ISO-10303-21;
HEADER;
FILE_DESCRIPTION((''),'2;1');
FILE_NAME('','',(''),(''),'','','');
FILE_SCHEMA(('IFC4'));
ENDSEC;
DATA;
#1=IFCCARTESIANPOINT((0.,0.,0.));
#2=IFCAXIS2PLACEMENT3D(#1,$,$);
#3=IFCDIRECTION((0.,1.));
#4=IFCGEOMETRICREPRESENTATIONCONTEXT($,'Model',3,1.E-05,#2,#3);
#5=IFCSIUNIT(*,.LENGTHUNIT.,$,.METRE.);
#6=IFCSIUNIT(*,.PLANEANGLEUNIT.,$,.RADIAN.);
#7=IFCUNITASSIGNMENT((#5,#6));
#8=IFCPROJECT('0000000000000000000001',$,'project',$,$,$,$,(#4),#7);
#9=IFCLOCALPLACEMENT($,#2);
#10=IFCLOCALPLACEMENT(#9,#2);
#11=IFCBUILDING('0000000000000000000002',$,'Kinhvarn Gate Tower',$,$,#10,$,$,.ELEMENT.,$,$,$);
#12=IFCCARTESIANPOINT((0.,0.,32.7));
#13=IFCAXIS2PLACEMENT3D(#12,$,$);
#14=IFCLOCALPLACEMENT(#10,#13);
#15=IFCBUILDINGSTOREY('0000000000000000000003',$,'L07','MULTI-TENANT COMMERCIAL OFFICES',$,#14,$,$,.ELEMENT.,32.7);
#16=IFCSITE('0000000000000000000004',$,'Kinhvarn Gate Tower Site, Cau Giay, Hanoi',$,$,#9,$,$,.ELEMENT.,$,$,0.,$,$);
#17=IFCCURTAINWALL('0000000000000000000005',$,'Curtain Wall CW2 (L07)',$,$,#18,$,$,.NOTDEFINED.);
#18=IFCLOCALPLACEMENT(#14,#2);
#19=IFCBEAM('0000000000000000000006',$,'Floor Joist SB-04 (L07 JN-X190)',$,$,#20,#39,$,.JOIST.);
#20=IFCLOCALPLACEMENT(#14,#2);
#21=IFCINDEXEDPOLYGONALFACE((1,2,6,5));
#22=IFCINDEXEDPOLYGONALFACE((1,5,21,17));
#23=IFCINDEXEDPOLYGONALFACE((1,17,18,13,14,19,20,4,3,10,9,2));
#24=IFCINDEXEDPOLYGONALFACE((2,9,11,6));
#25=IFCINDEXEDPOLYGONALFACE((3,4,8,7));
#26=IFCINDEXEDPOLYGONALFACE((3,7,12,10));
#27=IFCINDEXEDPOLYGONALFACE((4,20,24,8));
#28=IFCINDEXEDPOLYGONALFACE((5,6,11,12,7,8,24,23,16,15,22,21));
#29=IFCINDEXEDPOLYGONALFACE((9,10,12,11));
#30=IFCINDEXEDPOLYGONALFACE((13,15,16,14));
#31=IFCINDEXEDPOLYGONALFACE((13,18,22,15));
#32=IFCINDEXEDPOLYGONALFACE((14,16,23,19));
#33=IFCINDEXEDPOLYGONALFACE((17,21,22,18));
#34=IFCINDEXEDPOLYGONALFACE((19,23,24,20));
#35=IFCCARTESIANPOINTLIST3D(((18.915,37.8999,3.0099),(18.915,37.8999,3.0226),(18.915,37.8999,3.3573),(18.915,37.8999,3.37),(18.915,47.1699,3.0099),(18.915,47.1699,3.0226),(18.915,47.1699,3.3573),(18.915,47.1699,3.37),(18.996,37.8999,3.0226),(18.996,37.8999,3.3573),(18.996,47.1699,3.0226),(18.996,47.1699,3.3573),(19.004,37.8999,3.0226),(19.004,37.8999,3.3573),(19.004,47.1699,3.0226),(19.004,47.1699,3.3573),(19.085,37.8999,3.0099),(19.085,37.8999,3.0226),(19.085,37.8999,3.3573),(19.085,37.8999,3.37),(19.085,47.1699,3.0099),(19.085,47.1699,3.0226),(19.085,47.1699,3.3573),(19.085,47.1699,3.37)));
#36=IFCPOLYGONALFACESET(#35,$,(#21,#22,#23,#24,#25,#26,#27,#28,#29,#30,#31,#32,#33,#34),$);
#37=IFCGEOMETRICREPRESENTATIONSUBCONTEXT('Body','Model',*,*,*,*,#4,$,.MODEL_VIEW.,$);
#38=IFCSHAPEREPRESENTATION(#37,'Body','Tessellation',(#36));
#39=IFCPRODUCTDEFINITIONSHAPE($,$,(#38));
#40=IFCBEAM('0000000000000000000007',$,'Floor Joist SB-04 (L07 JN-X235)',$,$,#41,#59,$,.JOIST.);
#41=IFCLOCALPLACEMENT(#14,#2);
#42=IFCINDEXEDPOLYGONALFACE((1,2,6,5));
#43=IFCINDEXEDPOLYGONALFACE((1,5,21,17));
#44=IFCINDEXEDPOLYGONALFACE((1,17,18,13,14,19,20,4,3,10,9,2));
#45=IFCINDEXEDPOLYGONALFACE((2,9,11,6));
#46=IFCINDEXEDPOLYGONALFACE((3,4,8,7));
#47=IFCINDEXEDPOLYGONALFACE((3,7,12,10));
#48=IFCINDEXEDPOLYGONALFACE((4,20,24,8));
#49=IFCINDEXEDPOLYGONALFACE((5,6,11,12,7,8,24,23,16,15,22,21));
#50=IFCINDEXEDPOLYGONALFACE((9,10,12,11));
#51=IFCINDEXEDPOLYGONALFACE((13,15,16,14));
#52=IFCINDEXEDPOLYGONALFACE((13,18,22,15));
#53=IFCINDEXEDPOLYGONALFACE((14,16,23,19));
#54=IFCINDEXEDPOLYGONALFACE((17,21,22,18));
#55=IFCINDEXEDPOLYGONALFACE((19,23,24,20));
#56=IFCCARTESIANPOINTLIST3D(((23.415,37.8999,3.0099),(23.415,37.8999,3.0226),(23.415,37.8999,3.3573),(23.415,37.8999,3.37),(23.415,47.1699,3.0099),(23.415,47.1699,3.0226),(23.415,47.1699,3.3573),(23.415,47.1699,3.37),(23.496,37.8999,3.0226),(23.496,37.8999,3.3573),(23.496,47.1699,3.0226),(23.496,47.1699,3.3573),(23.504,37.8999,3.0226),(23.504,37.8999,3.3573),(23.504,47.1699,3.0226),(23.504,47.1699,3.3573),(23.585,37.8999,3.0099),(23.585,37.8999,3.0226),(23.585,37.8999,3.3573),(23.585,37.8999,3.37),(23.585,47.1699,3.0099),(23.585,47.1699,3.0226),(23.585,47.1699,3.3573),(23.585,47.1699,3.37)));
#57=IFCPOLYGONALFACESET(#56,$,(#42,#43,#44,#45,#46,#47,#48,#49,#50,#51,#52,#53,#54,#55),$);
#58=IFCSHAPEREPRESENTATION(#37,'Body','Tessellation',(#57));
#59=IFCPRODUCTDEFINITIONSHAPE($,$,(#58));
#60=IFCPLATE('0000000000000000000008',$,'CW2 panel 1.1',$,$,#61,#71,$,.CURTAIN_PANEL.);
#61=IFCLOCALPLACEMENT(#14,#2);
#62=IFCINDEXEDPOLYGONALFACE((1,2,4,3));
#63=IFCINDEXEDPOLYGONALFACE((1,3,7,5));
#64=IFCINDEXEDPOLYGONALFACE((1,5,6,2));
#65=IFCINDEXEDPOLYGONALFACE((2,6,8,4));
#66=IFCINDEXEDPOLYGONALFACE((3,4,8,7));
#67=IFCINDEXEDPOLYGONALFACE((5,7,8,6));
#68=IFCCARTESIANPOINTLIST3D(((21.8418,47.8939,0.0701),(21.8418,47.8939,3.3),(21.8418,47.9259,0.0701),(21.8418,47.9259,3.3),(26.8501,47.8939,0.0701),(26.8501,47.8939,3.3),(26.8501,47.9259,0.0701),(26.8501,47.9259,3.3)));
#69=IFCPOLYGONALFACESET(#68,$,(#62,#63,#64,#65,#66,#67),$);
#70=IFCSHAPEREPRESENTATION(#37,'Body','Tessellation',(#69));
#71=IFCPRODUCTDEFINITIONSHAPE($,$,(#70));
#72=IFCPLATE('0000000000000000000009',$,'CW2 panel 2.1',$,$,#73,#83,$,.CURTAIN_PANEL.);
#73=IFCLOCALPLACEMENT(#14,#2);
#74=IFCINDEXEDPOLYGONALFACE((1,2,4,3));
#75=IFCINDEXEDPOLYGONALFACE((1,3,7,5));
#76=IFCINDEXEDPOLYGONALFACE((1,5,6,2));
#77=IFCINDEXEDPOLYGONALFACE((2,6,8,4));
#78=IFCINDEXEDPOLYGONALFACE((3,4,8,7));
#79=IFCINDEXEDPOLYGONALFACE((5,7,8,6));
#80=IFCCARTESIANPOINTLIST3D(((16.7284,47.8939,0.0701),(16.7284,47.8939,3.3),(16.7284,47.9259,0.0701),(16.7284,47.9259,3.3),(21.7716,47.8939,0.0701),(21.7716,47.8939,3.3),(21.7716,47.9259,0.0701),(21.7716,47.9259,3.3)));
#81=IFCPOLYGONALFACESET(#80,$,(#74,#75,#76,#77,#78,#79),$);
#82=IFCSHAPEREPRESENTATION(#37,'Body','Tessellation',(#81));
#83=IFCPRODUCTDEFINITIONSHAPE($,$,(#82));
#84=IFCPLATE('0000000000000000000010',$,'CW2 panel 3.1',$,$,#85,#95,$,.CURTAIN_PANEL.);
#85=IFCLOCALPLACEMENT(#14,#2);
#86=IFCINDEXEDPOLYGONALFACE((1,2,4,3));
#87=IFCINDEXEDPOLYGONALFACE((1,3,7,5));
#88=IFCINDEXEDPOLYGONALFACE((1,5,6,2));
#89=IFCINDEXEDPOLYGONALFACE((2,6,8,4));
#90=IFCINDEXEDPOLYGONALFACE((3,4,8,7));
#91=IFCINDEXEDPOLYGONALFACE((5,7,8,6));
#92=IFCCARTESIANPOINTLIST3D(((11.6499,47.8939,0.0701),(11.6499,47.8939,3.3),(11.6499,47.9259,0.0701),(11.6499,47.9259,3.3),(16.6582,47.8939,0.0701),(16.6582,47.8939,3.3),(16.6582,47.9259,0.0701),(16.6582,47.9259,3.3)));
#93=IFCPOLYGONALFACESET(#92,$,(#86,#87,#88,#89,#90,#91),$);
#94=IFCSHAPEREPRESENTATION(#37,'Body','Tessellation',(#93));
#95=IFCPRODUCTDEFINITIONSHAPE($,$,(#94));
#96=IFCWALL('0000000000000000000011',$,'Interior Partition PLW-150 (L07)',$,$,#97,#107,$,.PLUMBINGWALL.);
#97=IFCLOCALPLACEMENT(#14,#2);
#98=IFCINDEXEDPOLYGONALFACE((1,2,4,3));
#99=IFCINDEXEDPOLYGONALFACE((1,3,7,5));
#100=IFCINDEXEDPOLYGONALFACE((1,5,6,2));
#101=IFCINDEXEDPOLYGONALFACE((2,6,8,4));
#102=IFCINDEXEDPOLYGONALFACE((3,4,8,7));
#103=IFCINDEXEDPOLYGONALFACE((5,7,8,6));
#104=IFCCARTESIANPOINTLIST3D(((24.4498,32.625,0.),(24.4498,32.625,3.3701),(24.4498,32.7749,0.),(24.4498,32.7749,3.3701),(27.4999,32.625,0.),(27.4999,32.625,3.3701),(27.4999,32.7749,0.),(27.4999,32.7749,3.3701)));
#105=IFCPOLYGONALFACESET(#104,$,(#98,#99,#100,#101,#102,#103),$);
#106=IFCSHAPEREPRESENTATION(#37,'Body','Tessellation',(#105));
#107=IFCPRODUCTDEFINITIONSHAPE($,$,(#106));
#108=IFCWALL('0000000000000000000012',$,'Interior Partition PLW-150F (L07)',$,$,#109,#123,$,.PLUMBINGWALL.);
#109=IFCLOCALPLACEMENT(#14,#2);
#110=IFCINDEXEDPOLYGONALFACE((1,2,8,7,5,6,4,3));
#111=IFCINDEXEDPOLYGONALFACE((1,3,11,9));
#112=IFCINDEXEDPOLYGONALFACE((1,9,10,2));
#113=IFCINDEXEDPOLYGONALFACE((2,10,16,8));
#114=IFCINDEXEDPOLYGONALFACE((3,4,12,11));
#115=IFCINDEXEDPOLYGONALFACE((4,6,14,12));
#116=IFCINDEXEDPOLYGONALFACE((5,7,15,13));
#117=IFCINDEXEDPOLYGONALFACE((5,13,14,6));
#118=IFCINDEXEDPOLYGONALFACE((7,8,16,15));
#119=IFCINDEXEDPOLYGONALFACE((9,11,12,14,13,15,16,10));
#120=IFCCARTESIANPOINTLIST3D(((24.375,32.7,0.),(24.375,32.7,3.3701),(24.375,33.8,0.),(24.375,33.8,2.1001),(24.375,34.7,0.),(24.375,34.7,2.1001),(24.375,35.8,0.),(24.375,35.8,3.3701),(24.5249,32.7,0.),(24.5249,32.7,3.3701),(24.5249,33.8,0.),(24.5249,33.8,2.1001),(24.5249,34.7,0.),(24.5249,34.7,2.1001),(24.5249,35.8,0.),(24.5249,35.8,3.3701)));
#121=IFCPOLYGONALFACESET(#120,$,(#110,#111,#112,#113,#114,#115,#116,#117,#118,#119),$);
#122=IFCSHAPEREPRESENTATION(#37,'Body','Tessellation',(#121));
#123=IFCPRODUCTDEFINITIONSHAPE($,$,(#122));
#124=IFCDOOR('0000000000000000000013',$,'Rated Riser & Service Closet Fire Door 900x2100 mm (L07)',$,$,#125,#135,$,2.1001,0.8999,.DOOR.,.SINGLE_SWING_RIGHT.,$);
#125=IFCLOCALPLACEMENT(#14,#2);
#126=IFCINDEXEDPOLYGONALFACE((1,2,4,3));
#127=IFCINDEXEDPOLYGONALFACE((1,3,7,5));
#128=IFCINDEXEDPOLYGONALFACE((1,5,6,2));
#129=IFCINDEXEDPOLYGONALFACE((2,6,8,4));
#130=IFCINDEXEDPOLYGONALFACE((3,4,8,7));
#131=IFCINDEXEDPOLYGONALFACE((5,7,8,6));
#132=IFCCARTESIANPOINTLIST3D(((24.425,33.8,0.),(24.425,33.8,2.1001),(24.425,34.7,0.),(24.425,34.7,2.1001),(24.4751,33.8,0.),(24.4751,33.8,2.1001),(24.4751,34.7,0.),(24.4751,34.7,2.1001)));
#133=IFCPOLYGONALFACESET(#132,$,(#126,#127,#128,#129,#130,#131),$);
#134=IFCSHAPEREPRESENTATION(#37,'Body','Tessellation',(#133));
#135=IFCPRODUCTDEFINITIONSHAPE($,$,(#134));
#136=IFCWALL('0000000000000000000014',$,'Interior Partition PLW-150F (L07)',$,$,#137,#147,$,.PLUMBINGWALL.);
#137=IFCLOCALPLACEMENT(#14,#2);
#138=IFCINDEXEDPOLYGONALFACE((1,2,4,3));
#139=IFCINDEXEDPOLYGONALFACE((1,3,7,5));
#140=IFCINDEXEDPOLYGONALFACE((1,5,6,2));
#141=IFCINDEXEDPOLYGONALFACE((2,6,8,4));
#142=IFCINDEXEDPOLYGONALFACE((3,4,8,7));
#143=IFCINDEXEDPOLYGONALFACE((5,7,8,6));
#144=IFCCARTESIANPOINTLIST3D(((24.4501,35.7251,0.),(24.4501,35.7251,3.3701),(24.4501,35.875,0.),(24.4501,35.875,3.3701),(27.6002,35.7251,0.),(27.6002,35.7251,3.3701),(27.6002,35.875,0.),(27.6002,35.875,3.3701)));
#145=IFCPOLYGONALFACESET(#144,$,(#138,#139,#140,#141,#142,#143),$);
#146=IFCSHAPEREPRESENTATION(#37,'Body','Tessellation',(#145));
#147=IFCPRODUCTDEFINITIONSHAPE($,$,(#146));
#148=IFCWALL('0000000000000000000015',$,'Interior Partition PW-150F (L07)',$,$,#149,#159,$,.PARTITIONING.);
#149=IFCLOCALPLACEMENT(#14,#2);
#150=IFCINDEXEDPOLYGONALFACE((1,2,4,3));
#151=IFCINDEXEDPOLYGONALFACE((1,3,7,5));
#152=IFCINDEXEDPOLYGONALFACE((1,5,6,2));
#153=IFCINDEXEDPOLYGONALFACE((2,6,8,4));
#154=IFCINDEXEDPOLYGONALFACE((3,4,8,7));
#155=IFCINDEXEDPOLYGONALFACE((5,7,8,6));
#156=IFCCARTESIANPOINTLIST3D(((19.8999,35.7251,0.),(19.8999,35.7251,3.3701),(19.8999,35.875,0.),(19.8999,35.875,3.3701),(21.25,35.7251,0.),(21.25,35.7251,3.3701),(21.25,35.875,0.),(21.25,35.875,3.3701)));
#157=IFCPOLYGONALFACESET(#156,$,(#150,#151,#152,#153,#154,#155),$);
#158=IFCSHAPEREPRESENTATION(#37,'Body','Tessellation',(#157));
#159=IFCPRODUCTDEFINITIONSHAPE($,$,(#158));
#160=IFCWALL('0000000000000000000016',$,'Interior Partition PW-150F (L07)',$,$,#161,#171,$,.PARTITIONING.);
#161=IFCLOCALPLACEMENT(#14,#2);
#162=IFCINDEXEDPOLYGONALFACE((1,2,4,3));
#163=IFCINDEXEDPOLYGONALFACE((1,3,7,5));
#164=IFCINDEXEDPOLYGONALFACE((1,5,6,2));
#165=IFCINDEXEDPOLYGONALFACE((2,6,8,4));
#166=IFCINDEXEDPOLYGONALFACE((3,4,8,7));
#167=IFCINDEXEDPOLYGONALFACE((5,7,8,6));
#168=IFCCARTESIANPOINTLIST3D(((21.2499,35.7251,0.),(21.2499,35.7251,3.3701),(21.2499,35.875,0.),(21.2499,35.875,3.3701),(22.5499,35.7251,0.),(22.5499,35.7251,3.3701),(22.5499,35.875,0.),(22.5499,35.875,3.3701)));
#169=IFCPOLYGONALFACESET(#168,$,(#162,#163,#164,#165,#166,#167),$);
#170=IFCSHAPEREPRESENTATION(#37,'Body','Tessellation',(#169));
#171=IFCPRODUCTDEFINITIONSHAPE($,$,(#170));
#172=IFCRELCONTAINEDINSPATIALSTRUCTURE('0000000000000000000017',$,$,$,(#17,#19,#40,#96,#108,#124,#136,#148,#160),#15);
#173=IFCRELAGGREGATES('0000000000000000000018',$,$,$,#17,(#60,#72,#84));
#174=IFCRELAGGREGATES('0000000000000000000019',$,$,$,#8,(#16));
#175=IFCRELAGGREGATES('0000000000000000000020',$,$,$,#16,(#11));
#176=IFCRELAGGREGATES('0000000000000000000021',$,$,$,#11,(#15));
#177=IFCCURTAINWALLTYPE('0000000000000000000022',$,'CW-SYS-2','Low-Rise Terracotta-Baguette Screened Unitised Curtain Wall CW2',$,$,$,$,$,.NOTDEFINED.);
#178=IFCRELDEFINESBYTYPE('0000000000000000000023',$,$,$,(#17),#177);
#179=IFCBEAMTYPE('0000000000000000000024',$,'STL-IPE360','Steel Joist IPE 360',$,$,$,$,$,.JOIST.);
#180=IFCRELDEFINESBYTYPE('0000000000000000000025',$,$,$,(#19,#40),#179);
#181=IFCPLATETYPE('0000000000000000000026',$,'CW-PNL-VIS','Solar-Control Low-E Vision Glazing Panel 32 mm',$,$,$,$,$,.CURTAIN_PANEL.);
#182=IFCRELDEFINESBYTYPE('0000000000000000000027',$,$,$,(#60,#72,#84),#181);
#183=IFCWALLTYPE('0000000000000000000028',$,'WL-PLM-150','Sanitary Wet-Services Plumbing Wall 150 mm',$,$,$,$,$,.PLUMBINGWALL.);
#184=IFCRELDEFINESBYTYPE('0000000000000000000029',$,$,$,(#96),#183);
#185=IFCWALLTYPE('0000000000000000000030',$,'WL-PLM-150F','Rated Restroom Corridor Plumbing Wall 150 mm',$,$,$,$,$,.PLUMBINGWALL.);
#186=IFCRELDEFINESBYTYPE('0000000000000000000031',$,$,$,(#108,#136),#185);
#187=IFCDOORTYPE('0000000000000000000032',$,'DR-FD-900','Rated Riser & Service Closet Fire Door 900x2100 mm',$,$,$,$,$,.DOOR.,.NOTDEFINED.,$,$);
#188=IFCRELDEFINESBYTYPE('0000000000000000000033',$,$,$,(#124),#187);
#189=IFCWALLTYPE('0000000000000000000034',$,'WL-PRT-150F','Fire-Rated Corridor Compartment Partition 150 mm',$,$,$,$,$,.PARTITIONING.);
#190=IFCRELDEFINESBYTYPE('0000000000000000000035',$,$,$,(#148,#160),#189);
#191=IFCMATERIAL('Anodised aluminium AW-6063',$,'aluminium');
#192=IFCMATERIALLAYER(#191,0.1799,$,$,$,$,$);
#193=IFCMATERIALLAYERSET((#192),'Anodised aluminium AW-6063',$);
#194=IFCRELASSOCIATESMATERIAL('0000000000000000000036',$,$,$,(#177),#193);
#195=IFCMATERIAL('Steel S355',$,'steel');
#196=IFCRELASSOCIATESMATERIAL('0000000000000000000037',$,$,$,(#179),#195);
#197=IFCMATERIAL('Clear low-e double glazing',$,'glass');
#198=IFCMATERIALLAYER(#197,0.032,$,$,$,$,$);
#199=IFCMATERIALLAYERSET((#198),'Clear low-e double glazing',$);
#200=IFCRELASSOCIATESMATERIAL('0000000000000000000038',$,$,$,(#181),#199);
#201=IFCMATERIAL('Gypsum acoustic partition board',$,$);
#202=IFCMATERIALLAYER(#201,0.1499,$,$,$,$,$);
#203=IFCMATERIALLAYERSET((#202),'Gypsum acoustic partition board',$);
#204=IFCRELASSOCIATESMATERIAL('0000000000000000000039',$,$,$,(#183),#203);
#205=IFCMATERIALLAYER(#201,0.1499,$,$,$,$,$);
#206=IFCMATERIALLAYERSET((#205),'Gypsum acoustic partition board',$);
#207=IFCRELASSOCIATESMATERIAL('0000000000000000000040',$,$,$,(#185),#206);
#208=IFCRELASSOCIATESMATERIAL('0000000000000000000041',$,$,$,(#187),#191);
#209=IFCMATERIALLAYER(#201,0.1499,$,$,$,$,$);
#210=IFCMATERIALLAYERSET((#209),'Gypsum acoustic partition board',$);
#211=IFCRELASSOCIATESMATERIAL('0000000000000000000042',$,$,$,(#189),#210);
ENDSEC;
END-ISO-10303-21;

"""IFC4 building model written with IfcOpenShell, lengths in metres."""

from ifc_helpers import new_model, si_unit, direction, frame, frame_2d, origin, origin_2d, place, context, subcontext, project, spatial, rectangle, i_section, extrude, material, layer, layer_set, material_profile, profile_set, type_object, element, fill, aggregate, save


model = new_model("IFC4")

# Units and contexts
model_context = context("Model", 3, precision=1e-05, world=origin(), true_north=direction((0.0, 1.0)))
body_context = subcontext(model_context, "Body", "Model", "MODEL_VIEW")
ifc_project = project(units=[si_unit("LENGTHUNIT", "METRE"), si_unit("PLANEANGLEUNIT", "RADIAN")], contexts=[model_context])

# Site, building, storey
site_placement = place(None, origin())
site = spatial("IfcSite", under=ifc_project, at=site_placement, Name="Kinhvarn Gate Tower Site, Cau Giay, Hanoi", CompositionType="ELEMENT", RefElevation=0.0)
building_placement = place(site_placement, origin())
building = spatial("IfcBuilding", under=site, at=building_placement, Name="Kinhvarn Gate Tower", CompositionType="ELEMENT")
storey_placement = place(building_placement, frame((0.0, 0.0, 32.7)))
storey = spatial("IfcBuildingStorey", under=building, at=storey_placement, Name="L07", Description="MULTI-TENANT COMMERCIAL OFFICES", CompositionType="ELEMENT", Elevation=32.7)

# Curtain wall
ifc_material_1 = material(Name="Anodised aluminium AW-6063", Category="aluminium")
ifc_layer_1 = layer(ifc_material_1, 0.1799)
ifc_layer_set_1 = layer_set([ifc_layer_1], Name="Anodised aluminium AW-6063")
curtain_wall_type = type_object("IfcCurtainWallType", Name="CW-SYS-2", Description="Low-Rise Terracotta-Baguette Screened Unitised Curtain Wall CW2", PredefinedType="NOTDEFINED", material=ifc_layer_set_1)
curtain_wall_placement = place(storey_placement, origin())
curtain_wall = element("IfcCurtainWall", 1, at=curtain_wall_placement, inside=storey, type_object=curtain_wall_type, Name="Curtain Wall CW2 (L07)", PredefinedType="NOTDEFINED")

# Beams
ifc_material_2 = material(Name="Steel S355", Category="steel")
ifc_material_profile_1 = material_profile(ifc_material_2, i_section(OverallWidth=0.1699, OverallDepth=0.3601, WebThickness=0.0081, FlangeThickness=0.0127, at=origin_2d()), Name="IPE 360")
ifc_profile_set_1 = profile_set([ifc_material_profile_1], Name="Steel S355")
beam_type_1 = type_object("IfcBeamType", Name="STL-IPE360", Description="Steel Joist IPE 360", PredefinedType="JOIST", material=ifc_profile_set_1)
for number, where, z_axis, x_axis, name in (
    (2, (19.0, 37.8999, 3.1899), (0.0, 1.0, 0.0), (-1.0, 0.0, 0.0), "Floor Joist SB-04 (L07 JN-X190)"),
    (3, (23.5, 37.8999, 3.1899), (0.0, 1.0, 0.0), (-1.0, 0.0, 0.0), "Floor Joist SB-04 (L07 JN-X235)"),
):
    element("IfcBeam", number, at=place(storey_placement, frame(where, z_axis=z_axis, x_axis=x_axis)), inside=storey, type_object=beam_type_1, Name=name, PredefinedType="JOIST", context=body_context, shape_type="SweptSolid", body=[
        extrude(i_section(OverallWidth=0.1699, OverallDepth=0.3601, WebThickness=0.0081, FlangeThickness=0.0127, at=origin_2d()), origin(), (0.0, 0.0, 1.0), 9.27),
    ])

# Plates
ifc_material_3 = material(Name="Clear low-e double glazing", Category="glass")
ifc_layer_2 = layer(ifc_material_3, 0.032)
ifc_layer_set_2 = layer_set([ifc_layer_2], Name="Clear low-e double glazing")
plate_type = type_object("IfcPlateType", Name="CW-PNL-VIS", Description="Solar-Control Low-E Vision Glazing Panel 32 mm", PredefinedType="CURTAIN_PANEL", material=ifc_layer_set_2)
plate_1_placement = place(storey_placement, frame((24.3459, 47.9099, 0.0701), z_axis=(0.0, 0.0, 1.0), x_axis=(-1.0, 0.0, 0.0)))
plate_1 = element("IfcPlate", 4, at=plate_1_placement, type_object=plate_type, Name="CW2 panel 1.1", PredefinedType="CURTAIN_PANEL", context=body_context, shape_type="SweptSolid", body=[
    extrude(rectangle(XDim=5.0083, YDim=0.032, at=origin_2d()), origin(), (0.0, 0.0, 1.0), 3.23),
])
plate_2_placement = place(storey_placement, frame((19.25, 47.9099, 0.0701), z_axis=(0.0, 0.0, 1.0), x_axis=(-1.0, 0.0, 0.0)))
plate_2 = element("IfcPlate", 5, at=plate_2_placement, type_object=plate_type, Name="CW2 panel 2.1", PredefinedType="CURTAIN_PANEL", context=body_context, shape_type="SweptSolid", body=[
    extrude(rectangle(XDim=5.0432, YDim=0.032, at=origin_2d()), origin(), (0.0, 0.0, 1.0), 3.23),
])
plate_3_placement = place(storey_placement, frame((14.1541, 47.9099, 0.0701), z_axis=(0.0, 0.0, 1.0), x_axis=(-1.0, 0.0, 0.0)))
plate_3 = element("IfcPlate", 6, at=plate_3_placement, type_object=plate_type, Name="CW2 panel 3.1", PredefinedType="CURTAIN_PANEL", context=body_context, shape_type="SweptSolid", body=[
    extrude(rectangle(XDim=5.0083, YDim=0.032, at=origin_2d()), origin(), (0.0, 0.0, 1.0), 3.23),
])
aggregate(curtain_wall, [plate_1, plate_2, plate_3])

# Wall
ifc_material_4 = material(Name="Gypsum acoustic partition board")
ifc_layer_3 = layer(ifc_material_4, 0.1499)
ifc_layer_set_3 = layer_set([ifc_layer_3], Name="Gypsum acoustic partition board")
wall_type_1 = type_object("IfcWallType", Name="WL-PLM-150", Description="Sanitary Wet-Services Plumbing Wall 150 mm", PredefinedType="PLUMBINGWALL", material=ifc_layer_set_3)
wall_1_placement = place(storey_placement, frame((24.45, 32.7, 0.0), z_axis=(0.0, 0.0, 1.0), x_axis=(1.0, 0.0, 0.0)))
element("IfcWall", 7, at=wall_1_placement, inside=storey, type_object=wall_type_1, Name="Interior Partition PLW-150 (L07)", PredefinedType="PLUMBINGWALL", context=body_context, shape_type="SweptSolid", body=[
    extrude(rectangle(XDim=3.05, YDim=0.1499, at=frame_2d((1.5249, 0.0))), origin(), (0.0, 0.0, 1.0), 3.3701),
])

# Wall, opening, door
ifc_layer_4 = layer(ifc_material_4, 0.1499)
ifc_layer_set_4 = layer_set([ifc_layer_4], Name="Gypsum acoustic partition board")
wall_type_2 = type_object("IfcWallType", Name="WL-PLM-150F", Description="Rated Restroom Corridor Plumbing Wall 150 mm", PredefinedType="PLUMBINGWALL", material=ifc_layer_set_4)
wall_2_placement = place(storey_placement, frame((24.45, 32.7, 0.0), z_axis=(0.0, 0.0, 1.0), x_axis=(0.0, 1.0, 0.0)))
wall_2 = element("IfcWall", 8, at=wall_2_placement, inside=storey, type_object=wall_type_2, Name="Interior Partition PLW-150F (L07)", PredefinedType="PLUMBINGWALL", context=body_context, shape_type="SweptSolid", body=[
    extrude(rectangle(XDim=3.1001, YDim=0.1499, at=frame_2d((1.55, 0.0))), origin(), (0.0, 0.0, 1.0), 3.3701),
])
opening_1_placement = place(wall_2_placement, frame((1.1001, 0.0, 0.0)))
opening_1 = element("IfcOpeningElement", 9, at=opening_1_placement, cuts=wall_2, PredefinedType="OPENING", context=body_context, shape_type="SweptSolid", body=[
    extrude(rectangle(XDim=0.8999, YDim=2.1001, at=frame_2d((0.45, 1.05))), frame((0.0, 0.085, 0.0), z_axis=(0.0, -1.0, 0.0), x_axis=(1.0, 0.0, 0.0)), (0.0, 0.0, 1.0), 0.1699),
])
door_type_1 = type_object("IfcDoorType", Name="DR-FD-900", Description="Rated Riser & Service Closet Fire Door 900x2100 mm", OperationType="NOTDEFINED", PredefinedType="DOOR", material=ifc_material_1)
door_1_placement = place(opening_1_placement, origin())
door_1 = element("IfcDoor", 10, at=door_1_placement, inside=storey, type_object=door_type_1, Name="Rated Riser & Service Closet Fire Door 900x2100 mm (L07)", OperationType="SINGLE_SWING_RIGHT", OverallHeight=2.1001, OverallWidth=0.8999, PredefinedType="DOOR", context=body_context, shape_type="SweptSolid", body=[
    extrude(rectangle(XDim=0.8999, YDim=2.1001, at=frame_2d((0.45, 1.05))), frame((0.0, 0.0249, 0.0), z_axis=(0.0, -1.0, 0.0), x_axis=(1.0, 0.0, 0.0)), (0.0, 0.0, 1.0), 0.05),
])
fill(opening_1, door_1)

# Walls
wall_3_placement = place(storey_placement, frame((24.45, 35.8, 0.0), z_axis=(0.0, 0.0, 1.0), x_axis=(1.0, 0.0, 0.0)))
element("IfcWall", 11, at=wall_3_placement, inside=storey, type_object=wall_type_2, Name="Interior Partition PLW-150F (L07)", PredefinedType="PLUMBINGWALL", context=body_context, shape_type="SweptSolid", body=[
    extrude(rectangle(XDim=3.1501, YDim=0.1499, at=frame_2d((1.5752, 0.0))), origin(), (0.0, 0.0, 1.0), 3.3701),
])
ifc_layer_5 = layer(ifc_material_4, 0.1499)
ifc_layer_set_5 = layer_set([ifc_layer_5], Name="Gypsum acoustic partition board")
wall_type_3 = type_object("IfcWallType", Name="WL-PRT-150F", Description="Fire-Rated Corridor Compartment Partition 150 mm", PredefinedType="PARTITIONING", material=ifc_layer_set_5)
wall_4_placement = place(storey_placement, frame((19.8999, 35.8, 0.0), z_axis=(0.0, 0.0, 1.0), x_axis=(1.0, 0.0, 0.0)))
element("IfcWall", 12, at=wall_4_placement, inside=storey, type_object=wall_type_3, Name="Interior Partition PW-150F (L07)", PredefinedType="PARTITIONING", context=body_context, shape_type="SweptSolid", body=[
    extrude(rectangle(XDim=1.3501, YDim=0.1499, at=frame_2d((0.675, 0.0))), origin(), (0.0, 0.0, 1.0), 3.3701),
])
wall_5_placement = place(storey_placement, frame((21.25, 35.8, 0.0), z_axis=(0.0, 0.0, 1.0), x_axis=(1.0, 0.0, 0.0)))
element("IfcWall", 13, at=wall_5_placement, inside=storey, type_object=wall_type_3, Name="Interior Partition PW-150F (L07)", PredefinedType="PARTITIONING", context=body_context, shape_type="SweptSolid", body=[
    extrude(rectangle(XDim=1.3, YDim=0.1499, at=frame_2d((0.6499, 0.0))), origin(), (0.0, 0.0, 1.0), 3.3701),
])

save(model, "model.ifc")
